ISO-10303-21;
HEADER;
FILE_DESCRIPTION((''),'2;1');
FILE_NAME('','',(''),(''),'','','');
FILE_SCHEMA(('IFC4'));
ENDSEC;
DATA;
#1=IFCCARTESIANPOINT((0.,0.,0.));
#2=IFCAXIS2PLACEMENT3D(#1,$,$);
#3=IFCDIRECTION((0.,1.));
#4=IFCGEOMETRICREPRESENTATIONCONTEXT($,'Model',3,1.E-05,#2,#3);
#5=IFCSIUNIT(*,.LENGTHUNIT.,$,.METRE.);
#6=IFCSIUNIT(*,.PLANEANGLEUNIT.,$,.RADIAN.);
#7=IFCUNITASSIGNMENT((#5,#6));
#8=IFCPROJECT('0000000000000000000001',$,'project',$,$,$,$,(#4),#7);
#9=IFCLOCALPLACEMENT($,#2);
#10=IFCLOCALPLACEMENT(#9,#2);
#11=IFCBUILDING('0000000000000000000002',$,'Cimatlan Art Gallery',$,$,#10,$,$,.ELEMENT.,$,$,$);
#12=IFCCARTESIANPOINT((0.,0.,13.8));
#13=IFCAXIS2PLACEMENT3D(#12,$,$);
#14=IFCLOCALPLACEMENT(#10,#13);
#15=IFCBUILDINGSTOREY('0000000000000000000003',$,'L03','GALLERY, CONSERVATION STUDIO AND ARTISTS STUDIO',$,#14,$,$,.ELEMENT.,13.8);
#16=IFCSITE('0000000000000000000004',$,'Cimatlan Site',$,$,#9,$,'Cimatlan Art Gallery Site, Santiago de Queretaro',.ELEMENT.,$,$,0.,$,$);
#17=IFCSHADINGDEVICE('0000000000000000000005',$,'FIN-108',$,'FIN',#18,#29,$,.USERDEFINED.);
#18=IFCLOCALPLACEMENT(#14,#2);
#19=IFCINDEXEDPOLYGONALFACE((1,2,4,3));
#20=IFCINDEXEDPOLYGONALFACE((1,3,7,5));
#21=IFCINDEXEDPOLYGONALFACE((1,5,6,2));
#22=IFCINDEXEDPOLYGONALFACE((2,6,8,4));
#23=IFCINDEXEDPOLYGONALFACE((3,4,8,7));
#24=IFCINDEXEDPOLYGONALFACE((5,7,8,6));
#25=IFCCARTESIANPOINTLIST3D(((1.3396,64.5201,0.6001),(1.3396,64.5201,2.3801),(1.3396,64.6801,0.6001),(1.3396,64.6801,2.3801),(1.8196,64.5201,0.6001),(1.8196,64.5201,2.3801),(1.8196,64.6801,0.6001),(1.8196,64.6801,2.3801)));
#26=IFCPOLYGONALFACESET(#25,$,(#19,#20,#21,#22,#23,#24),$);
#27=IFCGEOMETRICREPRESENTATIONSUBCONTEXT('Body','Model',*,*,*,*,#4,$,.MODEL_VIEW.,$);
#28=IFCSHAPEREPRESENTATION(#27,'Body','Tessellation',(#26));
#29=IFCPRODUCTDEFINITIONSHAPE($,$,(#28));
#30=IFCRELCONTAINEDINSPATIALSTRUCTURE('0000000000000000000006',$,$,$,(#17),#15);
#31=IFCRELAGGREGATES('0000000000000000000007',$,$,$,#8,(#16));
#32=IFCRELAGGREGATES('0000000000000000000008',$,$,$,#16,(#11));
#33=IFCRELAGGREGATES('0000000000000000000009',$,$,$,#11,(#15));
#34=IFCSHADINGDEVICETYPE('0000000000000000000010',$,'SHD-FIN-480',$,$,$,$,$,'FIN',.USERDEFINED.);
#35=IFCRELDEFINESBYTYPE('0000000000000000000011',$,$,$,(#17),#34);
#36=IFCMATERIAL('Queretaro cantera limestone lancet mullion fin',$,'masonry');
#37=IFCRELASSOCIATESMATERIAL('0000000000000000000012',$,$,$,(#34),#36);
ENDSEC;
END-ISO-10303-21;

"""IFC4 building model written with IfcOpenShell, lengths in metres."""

from ifc_helpers import new_model, si_unit, direction, frame, origin, origin_2d, place, context, subcontext, project, spatial, rectangle, extrude, material, type_object, element, save


model = new_model("IFC4")

# Units and contexts
model_context = context("Model", 3, precision=1e-05, world=origin(), true_north=direction((0.0, 1.0)))
body_context = subcontext(model_context, "Body", "Model", "MODEL_VIEW")
ifc_project = project(units=[si_unit("LENGTHUNIT", "METRE"), si_unit("PLANEANGLEUNIT", "RADIAN")], contexts=[model_context])

# Site, building, storey
site_placement = place(None, origin())
site = spatial("IfcSite", under=ifc_project, at=site_placement, Name="Cimatlan Site", LongName="Cimatlan Art Gallery Site, Santiago de Queretaro", CompositionType="ELEMENT", RefElevation=0.0)
building_placement = place(site_placement, origin())
building = spatial("IfcBuilding", under=site, at=building_placement, Name="Cimatlan Art Gallery", CompositionType="ELEMENT")
storey_placement = place(building_placement, frame((0.0, 0.0, 13.8)))
storey = spatial("IfcBuildingStorey", under=building, at=storey_placement, Name="L03", Description="GALLERY, CONSERVATION STUDIO AND ARTISTS STUDIO", CompositionType="ELEMENT", Elevation=13.8)

# Shading device
ifc_material_1 = material(Name="Queretaro cantera limestone lancet mullion fin", Category="masonry")
shading_device_type_1 = type_object("IfcShadingDeviceType", Name="SHD-FIN-480", ElementType="FIN", PredefinedType="USERDEFINED", material=ifc_material_1)
for number, where, z_axis, x_axis, name in (
    (1, (1.5796, 64.6001, 0.6001), (0.0, 0.0, 1.0), (0.0, 1.0, 0.0), "FIN-108"),
):
    element("IfcShadingDevice", number, at=place(storey_placement, frame(where, z_axis=z_axis, x_axis=x_axis)), inside=storey, type_object=shading_device_type_1, Name=name, ObjectType="FIN", PredefinedType="USERDEFINED", context=body_context, shape_type="SweptSolid", body=[
        extrude(rectangle(XDim=0.1599, YDim=0.48, at=origin_2d()), origin(), (0.0, 0.0, 1.0), 1.78),
    ])

save(model, "model.ifc")
